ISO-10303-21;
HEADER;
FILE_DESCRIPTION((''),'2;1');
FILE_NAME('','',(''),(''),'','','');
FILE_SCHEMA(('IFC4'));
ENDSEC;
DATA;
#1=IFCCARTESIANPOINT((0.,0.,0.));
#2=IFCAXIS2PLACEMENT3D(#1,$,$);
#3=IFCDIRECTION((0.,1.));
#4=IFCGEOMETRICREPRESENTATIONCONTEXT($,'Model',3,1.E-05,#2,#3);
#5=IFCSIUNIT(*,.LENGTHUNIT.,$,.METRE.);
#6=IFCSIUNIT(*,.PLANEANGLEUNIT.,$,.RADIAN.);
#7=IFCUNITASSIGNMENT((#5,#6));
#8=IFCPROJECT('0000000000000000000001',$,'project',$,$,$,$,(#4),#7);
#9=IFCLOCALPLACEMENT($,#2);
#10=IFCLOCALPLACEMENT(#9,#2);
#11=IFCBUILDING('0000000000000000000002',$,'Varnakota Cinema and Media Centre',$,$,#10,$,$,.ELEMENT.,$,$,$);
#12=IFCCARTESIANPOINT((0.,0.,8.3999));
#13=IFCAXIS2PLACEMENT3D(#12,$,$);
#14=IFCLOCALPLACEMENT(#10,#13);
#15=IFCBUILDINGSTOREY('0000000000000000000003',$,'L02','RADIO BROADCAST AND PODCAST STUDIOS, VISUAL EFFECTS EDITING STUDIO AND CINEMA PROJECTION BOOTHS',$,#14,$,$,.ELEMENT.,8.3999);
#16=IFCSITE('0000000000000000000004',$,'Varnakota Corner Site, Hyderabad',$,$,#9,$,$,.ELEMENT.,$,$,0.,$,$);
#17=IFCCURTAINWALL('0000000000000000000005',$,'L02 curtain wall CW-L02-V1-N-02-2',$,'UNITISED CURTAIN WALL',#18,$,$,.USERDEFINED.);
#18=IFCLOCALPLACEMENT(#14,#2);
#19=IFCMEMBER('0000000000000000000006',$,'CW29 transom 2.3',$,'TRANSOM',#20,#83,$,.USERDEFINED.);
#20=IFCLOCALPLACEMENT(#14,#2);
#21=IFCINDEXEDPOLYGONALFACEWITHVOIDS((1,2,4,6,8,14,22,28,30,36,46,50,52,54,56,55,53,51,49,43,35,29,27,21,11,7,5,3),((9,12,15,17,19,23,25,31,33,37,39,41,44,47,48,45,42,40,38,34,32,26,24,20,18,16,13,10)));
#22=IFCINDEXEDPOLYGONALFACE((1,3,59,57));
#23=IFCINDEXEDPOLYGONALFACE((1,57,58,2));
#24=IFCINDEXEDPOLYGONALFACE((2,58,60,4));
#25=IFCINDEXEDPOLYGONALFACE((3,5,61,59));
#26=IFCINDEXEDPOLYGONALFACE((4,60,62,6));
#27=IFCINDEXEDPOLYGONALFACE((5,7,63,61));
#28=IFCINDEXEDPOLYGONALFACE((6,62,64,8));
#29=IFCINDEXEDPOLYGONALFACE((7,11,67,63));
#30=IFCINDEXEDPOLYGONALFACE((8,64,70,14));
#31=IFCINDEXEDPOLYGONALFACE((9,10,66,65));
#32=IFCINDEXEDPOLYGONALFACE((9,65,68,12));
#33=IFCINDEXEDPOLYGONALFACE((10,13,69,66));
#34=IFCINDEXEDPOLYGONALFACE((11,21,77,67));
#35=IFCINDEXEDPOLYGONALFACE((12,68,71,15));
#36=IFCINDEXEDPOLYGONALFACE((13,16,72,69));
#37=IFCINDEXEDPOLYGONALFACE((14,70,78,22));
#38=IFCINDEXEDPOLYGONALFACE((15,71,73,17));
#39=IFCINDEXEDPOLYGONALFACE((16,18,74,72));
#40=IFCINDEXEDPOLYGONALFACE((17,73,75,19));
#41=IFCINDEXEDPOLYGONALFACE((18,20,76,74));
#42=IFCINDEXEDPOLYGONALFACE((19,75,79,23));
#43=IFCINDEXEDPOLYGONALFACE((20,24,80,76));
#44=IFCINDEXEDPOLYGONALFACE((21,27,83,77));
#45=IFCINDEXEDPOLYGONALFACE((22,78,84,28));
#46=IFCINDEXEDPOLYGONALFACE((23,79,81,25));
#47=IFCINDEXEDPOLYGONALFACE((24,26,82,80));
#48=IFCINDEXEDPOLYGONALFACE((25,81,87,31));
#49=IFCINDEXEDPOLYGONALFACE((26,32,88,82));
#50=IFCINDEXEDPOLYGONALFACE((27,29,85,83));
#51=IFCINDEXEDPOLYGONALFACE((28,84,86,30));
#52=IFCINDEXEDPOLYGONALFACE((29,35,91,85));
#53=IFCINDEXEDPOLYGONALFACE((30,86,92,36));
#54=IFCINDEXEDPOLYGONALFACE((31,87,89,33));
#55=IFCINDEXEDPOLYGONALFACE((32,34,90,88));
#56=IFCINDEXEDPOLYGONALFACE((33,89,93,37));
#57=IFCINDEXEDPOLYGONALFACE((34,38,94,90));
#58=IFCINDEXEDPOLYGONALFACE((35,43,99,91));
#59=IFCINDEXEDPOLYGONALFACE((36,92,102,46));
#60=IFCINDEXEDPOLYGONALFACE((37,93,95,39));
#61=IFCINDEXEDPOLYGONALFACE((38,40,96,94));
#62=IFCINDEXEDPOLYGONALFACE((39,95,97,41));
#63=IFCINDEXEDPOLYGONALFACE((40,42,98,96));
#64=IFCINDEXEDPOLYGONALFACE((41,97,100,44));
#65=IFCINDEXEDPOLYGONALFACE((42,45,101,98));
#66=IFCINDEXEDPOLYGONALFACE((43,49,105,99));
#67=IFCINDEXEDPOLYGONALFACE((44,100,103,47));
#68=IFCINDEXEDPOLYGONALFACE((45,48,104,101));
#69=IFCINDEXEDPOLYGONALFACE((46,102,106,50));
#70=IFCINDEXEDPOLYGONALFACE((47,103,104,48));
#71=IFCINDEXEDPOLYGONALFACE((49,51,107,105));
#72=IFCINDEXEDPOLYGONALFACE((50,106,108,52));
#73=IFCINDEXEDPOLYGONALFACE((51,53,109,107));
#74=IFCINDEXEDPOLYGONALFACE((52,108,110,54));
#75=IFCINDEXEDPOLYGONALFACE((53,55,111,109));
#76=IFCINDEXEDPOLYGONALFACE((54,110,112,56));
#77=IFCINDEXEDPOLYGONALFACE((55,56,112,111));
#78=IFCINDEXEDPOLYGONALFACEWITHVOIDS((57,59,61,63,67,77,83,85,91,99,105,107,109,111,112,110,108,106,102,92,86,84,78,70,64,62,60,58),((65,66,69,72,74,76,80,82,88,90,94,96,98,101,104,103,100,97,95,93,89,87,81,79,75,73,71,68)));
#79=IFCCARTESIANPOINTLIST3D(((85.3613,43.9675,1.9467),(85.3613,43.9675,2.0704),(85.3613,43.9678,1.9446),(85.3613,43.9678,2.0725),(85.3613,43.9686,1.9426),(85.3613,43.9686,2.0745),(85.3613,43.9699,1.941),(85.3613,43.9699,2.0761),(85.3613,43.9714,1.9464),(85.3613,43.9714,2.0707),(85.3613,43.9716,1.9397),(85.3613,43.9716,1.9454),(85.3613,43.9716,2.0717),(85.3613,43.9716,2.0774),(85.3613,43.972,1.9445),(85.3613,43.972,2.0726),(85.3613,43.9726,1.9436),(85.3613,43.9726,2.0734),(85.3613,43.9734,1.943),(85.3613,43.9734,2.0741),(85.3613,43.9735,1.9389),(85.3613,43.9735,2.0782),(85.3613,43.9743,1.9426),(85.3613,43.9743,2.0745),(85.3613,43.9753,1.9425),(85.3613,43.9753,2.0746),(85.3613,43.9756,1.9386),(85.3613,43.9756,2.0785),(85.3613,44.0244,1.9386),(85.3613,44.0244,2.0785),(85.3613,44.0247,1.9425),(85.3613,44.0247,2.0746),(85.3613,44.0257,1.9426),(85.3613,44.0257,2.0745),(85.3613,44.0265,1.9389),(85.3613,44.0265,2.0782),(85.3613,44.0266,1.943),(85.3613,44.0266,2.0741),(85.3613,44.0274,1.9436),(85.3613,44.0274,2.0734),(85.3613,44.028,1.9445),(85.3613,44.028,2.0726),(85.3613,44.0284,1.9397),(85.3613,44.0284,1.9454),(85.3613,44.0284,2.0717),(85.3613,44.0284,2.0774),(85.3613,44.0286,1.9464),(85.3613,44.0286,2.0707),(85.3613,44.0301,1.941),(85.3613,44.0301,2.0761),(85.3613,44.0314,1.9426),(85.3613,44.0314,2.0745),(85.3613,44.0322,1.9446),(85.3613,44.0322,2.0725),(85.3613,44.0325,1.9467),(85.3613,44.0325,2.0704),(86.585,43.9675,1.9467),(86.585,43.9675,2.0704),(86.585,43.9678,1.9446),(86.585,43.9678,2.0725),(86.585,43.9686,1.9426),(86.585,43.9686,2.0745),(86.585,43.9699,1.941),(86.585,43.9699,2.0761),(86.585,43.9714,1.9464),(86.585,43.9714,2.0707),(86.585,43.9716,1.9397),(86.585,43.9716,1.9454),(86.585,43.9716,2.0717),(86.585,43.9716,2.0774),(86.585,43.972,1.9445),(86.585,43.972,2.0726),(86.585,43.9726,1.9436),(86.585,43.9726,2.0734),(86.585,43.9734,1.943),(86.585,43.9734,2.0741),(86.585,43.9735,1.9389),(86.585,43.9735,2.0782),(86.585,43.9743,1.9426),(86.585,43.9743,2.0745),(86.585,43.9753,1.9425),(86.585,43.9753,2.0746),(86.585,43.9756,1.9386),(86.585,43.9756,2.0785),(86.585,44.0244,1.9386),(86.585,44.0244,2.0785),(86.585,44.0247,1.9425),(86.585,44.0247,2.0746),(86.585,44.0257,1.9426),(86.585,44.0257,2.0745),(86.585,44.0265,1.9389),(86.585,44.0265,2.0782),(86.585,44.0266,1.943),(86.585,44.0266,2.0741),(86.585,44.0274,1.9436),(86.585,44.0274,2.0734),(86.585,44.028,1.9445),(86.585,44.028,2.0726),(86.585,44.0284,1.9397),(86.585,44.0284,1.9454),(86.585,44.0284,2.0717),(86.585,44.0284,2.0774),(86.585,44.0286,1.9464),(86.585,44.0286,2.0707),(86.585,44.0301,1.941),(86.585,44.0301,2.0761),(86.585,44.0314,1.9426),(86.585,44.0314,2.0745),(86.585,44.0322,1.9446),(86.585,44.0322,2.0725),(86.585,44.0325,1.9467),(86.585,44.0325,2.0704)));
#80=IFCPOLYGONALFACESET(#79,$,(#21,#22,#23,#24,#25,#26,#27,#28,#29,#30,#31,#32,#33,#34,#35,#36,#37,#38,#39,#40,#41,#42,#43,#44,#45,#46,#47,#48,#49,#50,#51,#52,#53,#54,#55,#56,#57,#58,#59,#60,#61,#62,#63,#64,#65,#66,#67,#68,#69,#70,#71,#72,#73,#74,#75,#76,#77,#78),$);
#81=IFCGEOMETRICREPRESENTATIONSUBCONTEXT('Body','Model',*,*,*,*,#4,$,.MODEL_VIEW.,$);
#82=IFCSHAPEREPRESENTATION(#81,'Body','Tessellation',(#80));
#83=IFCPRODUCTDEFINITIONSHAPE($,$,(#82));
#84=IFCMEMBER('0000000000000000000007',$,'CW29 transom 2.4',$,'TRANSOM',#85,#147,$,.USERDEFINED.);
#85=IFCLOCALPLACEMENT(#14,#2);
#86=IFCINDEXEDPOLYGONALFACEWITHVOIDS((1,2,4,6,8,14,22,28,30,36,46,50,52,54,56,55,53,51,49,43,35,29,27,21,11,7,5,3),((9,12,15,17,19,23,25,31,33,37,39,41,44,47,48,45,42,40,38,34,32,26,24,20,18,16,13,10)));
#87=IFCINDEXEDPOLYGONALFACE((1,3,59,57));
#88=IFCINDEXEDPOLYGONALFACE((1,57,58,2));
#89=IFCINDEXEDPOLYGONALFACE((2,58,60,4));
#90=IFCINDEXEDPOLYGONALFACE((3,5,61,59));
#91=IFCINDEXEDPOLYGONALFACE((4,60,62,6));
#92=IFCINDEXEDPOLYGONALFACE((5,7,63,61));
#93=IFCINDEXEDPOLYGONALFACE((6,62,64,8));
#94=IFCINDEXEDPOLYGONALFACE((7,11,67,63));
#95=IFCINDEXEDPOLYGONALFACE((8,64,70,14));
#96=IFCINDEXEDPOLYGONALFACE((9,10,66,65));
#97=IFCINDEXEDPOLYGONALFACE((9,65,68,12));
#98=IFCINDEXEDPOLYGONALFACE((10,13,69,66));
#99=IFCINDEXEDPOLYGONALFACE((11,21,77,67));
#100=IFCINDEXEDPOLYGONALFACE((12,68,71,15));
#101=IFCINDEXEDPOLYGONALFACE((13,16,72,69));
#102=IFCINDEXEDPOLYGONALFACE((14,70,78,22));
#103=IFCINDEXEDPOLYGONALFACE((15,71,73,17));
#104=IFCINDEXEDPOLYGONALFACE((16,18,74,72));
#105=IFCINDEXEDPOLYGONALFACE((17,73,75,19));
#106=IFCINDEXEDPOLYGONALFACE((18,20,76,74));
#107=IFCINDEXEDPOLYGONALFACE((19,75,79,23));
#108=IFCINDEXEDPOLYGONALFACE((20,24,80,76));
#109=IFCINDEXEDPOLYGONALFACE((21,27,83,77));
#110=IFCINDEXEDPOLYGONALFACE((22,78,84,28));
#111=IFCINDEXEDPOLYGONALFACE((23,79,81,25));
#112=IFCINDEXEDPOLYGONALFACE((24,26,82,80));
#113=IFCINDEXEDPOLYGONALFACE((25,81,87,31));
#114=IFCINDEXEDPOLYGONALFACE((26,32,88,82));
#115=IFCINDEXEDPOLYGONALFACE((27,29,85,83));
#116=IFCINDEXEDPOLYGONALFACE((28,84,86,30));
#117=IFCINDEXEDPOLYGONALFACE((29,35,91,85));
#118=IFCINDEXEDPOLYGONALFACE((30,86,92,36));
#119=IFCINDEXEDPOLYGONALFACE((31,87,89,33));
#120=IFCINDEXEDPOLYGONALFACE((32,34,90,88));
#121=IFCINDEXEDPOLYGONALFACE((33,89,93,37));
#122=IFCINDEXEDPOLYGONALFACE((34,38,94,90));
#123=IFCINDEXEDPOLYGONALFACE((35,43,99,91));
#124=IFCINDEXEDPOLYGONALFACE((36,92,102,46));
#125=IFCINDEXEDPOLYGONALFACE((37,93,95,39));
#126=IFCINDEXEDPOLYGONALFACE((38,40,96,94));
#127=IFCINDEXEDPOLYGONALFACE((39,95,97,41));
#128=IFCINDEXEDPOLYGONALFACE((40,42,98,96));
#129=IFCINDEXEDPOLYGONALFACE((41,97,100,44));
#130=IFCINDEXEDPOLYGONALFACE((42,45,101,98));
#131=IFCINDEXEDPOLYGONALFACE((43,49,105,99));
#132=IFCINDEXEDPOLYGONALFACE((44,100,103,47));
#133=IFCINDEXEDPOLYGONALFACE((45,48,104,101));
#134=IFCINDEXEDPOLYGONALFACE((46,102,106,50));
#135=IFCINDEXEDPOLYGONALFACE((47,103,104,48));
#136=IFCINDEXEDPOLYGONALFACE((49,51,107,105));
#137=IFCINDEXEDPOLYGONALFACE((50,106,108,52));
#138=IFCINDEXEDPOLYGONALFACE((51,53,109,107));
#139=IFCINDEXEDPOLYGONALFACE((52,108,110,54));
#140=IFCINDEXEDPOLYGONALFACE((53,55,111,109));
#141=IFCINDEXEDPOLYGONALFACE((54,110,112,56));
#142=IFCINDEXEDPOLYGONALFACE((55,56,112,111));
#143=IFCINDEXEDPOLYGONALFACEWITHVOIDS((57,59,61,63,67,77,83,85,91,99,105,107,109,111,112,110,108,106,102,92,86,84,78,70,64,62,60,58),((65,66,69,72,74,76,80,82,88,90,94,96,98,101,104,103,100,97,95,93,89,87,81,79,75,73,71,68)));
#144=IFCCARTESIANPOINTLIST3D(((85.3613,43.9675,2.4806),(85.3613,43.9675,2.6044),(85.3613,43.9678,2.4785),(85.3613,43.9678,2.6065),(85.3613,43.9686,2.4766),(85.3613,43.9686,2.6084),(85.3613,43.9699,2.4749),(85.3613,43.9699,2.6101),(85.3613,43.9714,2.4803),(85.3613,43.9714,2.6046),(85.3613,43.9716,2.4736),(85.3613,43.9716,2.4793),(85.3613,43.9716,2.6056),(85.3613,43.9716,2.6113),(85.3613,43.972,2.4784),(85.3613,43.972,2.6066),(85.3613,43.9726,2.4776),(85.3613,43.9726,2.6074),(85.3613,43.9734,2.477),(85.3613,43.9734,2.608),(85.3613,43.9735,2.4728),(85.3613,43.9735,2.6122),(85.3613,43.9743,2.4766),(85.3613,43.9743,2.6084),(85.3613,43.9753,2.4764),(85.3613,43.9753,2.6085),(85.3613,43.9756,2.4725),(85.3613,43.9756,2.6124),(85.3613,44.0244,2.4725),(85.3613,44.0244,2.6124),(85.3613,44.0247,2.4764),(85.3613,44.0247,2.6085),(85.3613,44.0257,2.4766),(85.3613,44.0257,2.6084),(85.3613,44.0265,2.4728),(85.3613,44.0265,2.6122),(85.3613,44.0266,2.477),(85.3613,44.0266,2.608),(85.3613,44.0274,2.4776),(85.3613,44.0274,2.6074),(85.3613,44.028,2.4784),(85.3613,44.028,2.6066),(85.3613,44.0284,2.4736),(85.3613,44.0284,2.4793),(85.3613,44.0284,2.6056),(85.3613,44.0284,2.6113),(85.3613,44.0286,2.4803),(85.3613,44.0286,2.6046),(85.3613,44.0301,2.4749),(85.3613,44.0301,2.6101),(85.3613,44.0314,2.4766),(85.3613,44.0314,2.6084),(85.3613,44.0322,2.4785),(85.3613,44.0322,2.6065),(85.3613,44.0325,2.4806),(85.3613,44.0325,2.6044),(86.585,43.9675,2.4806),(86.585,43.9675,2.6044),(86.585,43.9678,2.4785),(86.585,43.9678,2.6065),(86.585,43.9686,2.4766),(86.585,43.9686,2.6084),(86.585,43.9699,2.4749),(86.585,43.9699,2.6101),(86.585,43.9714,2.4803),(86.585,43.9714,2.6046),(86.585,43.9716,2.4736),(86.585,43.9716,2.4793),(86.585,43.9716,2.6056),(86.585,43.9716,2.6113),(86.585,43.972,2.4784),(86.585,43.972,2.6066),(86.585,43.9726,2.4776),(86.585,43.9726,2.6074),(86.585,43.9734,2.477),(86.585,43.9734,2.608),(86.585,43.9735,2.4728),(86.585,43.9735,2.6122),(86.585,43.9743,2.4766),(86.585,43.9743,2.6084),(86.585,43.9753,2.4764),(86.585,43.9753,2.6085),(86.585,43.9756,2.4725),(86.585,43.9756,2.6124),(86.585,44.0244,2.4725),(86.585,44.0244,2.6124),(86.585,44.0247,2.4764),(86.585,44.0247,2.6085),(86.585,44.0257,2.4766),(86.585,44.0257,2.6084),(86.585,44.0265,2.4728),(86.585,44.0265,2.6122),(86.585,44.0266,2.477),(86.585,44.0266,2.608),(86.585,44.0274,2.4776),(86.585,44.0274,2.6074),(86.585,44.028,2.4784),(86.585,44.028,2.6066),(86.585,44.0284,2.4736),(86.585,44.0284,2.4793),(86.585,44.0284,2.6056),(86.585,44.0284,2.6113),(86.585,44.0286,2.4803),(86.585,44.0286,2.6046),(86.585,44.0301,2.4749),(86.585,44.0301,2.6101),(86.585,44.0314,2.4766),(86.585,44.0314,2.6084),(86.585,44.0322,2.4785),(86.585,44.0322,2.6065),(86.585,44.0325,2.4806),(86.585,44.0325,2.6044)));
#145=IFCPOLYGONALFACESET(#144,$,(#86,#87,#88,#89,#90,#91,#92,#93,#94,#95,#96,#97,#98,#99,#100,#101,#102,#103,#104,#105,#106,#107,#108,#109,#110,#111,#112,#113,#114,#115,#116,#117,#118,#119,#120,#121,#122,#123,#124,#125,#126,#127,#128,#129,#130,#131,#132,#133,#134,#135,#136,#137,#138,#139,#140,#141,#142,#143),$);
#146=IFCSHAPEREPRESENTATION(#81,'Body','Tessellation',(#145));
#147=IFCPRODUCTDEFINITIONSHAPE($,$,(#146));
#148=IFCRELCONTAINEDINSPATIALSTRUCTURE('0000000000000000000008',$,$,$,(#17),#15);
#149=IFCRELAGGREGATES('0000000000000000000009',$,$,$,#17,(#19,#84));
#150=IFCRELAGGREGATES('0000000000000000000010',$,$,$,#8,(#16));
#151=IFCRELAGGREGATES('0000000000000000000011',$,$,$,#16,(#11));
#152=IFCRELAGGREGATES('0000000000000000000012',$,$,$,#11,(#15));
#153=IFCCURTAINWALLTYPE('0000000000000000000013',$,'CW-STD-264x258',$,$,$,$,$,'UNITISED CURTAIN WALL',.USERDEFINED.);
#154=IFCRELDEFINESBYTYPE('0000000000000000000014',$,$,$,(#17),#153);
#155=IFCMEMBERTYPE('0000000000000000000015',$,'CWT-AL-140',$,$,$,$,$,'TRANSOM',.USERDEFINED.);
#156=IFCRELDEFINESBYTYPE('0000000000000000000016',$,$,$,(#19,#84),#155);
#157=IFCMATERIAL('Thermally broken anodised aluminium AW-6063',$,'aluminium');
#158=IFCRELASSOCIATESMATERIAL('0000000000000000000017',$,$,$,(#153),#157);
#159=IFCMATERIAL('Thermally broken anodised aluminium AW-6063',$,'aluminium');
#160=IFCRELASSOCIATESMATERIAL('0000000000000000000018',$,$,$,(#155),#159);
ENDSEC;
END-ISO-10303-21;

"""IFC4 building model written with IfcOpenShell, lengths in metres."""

from ifc_helpers import new_model, si_unit, direction, frame, origin, origin_2d, place, context, subcontext, project, spatial, hollow_rectangle, extrude, material, material_profile, profile_set, type_object, element, aggregate, save


model = new_model("IFC4")

# Units and contexts
model_context = context("Model", 3, precision=1e-05, world=origin(), true_north=direction((0.0, 1.0)))
body_context = subcontext(model_context, "Body", "Model", "MODEL_VIEW")
ifc_project = project(units=[si_unit("LENGTHUNIT", "METRE"), si_unit("PLANEANGLEUNIT", "RADIAN")], contexts=[model_context])

# Site, building, storey
site_placement = place(None, origin())
site = spatial("IfcSite", under=ifc_project, at=site_placement, Name="Varnakota Corner Site, Hyderabad", CompositionType="ELEMENT", RefElevation=0.0)
building_placement = place(site_placement, origin())
building = spatial("IfcBuilding", under=site, at=building_placement, Name="Varnakota Cinema and Media Centre", CompositionType="ELEMENT")
storey_placement = place(building_placement, frame((0.0, 0.0, 8.3999)))
storey = spatial("IfcBuildingStorey", under=building, at=storey_placement, Name="L02", Description="RADIO BROADCAST AND PODCAST STUDIOS, VISUAL EFFECTS EDITING STUDIO AND CINEMA PROJECTION BOOTHS", CompositionType="ELEMENT", Elevation=8.3999)

# Curtain wall
ifc_material_1 = material(Name="Thermally broken anodised aluminium AW-6063", Category="aluminium")
curtain_wall_type = type_object("IfcCurtainWallType", Name="CW-STD-264x258", ElementType="UNITISED CURTAIN WALL", PredefinedType="USERDEFINED", material=ifc_material_1)
curtain_wall_1_placement = place(storey_placement, origin())
curtain_wall_1 = element("IfcCurtainWall", 1, at=curtain_wall_1_placement, inside=storey, type_object=curtain_wall_type, Name="L02 curtain wall CW-L02-V1-N-02-2", ObjectType="UNITISED CURTAIN WALL", PredefinedType="USERDEFINED")

# Members
ifc_material_2 = material(Name="Thermally broken anodised aluminium AW-6063", Category="aluminium")
ifc_material_profile_1 = material_profile(ifc_material_2, hollow_rectangle(XDim=0.0649, YDim=0.1399, WallThickness=0.0039, InnerFilletRadius=0.0039, OuterFilletRadius=0.0081, at=origin_2d()), Name="AL-TRANSOM 140x65x4")
ifc_profile_set_1 = profile_set([ifc_material_profile_1], Name="Thermally broken anodised aluminium AW-6063")
member_type_1 = type_object("IfcMemberType", Name="CWT-AL-140", ElementType="TRANSOM", PredefinedType="USERDEFINED", material=ifc_profile_set_1)
member_1_placement = place(storey_placement, frame((85.3613, 44.0, 2.0085), z_axis=(1.0, 0.0, 0.0), x_axis=(0.0, 1.0, 0.0)))
member_1 = element("IfcMember", 2, at=member_1_placement, type_object=member_type_1, Name="CW29 transom 2.3", ObjectType="TRANSOM", PredefinedType="USERDEFINED", context=body_context, shape_type="SweptSolid", body=[
    extrude(hollow_rectangle(XDim=0.0649, YDim=0.1399, WallThickness=0.0039, InnerFilletRadius=0.0039, OuterFilletRadius=0.0081, at=origin_2d()), origin(), (0.0, 0.0, 1.0), 1.2236),
])
member_2_placement = place(storey_placement, frame((85.3613, 44.0, 2.5425), z_axis=(1.0, 0.0, 0.0), x_axis=(0.0, 1.0, 0.0)))
member_2 = element("IfcMember", 3, at=member_2_placement, type_object=member_type_1, Name="CW29 transom 2.4", ObjectType="TRANSOM", PredefinedType="USERDEFINED", context=body_context, shape_type="SweptSolid", body=[
    extrude(hollow_rectangle(XDim=0.0649, YDim=0.1399, WallThickness=0.0039, InnerFilletRadius=0.0039, OuterFilletRadius=0.0081, at=origin_2d()), origin(), (0.0, 0.0, 1.0), 1.2236),
])

aggregate(curtain_wall_1, [member_1, member_2])

save(model, "model.ifc")
